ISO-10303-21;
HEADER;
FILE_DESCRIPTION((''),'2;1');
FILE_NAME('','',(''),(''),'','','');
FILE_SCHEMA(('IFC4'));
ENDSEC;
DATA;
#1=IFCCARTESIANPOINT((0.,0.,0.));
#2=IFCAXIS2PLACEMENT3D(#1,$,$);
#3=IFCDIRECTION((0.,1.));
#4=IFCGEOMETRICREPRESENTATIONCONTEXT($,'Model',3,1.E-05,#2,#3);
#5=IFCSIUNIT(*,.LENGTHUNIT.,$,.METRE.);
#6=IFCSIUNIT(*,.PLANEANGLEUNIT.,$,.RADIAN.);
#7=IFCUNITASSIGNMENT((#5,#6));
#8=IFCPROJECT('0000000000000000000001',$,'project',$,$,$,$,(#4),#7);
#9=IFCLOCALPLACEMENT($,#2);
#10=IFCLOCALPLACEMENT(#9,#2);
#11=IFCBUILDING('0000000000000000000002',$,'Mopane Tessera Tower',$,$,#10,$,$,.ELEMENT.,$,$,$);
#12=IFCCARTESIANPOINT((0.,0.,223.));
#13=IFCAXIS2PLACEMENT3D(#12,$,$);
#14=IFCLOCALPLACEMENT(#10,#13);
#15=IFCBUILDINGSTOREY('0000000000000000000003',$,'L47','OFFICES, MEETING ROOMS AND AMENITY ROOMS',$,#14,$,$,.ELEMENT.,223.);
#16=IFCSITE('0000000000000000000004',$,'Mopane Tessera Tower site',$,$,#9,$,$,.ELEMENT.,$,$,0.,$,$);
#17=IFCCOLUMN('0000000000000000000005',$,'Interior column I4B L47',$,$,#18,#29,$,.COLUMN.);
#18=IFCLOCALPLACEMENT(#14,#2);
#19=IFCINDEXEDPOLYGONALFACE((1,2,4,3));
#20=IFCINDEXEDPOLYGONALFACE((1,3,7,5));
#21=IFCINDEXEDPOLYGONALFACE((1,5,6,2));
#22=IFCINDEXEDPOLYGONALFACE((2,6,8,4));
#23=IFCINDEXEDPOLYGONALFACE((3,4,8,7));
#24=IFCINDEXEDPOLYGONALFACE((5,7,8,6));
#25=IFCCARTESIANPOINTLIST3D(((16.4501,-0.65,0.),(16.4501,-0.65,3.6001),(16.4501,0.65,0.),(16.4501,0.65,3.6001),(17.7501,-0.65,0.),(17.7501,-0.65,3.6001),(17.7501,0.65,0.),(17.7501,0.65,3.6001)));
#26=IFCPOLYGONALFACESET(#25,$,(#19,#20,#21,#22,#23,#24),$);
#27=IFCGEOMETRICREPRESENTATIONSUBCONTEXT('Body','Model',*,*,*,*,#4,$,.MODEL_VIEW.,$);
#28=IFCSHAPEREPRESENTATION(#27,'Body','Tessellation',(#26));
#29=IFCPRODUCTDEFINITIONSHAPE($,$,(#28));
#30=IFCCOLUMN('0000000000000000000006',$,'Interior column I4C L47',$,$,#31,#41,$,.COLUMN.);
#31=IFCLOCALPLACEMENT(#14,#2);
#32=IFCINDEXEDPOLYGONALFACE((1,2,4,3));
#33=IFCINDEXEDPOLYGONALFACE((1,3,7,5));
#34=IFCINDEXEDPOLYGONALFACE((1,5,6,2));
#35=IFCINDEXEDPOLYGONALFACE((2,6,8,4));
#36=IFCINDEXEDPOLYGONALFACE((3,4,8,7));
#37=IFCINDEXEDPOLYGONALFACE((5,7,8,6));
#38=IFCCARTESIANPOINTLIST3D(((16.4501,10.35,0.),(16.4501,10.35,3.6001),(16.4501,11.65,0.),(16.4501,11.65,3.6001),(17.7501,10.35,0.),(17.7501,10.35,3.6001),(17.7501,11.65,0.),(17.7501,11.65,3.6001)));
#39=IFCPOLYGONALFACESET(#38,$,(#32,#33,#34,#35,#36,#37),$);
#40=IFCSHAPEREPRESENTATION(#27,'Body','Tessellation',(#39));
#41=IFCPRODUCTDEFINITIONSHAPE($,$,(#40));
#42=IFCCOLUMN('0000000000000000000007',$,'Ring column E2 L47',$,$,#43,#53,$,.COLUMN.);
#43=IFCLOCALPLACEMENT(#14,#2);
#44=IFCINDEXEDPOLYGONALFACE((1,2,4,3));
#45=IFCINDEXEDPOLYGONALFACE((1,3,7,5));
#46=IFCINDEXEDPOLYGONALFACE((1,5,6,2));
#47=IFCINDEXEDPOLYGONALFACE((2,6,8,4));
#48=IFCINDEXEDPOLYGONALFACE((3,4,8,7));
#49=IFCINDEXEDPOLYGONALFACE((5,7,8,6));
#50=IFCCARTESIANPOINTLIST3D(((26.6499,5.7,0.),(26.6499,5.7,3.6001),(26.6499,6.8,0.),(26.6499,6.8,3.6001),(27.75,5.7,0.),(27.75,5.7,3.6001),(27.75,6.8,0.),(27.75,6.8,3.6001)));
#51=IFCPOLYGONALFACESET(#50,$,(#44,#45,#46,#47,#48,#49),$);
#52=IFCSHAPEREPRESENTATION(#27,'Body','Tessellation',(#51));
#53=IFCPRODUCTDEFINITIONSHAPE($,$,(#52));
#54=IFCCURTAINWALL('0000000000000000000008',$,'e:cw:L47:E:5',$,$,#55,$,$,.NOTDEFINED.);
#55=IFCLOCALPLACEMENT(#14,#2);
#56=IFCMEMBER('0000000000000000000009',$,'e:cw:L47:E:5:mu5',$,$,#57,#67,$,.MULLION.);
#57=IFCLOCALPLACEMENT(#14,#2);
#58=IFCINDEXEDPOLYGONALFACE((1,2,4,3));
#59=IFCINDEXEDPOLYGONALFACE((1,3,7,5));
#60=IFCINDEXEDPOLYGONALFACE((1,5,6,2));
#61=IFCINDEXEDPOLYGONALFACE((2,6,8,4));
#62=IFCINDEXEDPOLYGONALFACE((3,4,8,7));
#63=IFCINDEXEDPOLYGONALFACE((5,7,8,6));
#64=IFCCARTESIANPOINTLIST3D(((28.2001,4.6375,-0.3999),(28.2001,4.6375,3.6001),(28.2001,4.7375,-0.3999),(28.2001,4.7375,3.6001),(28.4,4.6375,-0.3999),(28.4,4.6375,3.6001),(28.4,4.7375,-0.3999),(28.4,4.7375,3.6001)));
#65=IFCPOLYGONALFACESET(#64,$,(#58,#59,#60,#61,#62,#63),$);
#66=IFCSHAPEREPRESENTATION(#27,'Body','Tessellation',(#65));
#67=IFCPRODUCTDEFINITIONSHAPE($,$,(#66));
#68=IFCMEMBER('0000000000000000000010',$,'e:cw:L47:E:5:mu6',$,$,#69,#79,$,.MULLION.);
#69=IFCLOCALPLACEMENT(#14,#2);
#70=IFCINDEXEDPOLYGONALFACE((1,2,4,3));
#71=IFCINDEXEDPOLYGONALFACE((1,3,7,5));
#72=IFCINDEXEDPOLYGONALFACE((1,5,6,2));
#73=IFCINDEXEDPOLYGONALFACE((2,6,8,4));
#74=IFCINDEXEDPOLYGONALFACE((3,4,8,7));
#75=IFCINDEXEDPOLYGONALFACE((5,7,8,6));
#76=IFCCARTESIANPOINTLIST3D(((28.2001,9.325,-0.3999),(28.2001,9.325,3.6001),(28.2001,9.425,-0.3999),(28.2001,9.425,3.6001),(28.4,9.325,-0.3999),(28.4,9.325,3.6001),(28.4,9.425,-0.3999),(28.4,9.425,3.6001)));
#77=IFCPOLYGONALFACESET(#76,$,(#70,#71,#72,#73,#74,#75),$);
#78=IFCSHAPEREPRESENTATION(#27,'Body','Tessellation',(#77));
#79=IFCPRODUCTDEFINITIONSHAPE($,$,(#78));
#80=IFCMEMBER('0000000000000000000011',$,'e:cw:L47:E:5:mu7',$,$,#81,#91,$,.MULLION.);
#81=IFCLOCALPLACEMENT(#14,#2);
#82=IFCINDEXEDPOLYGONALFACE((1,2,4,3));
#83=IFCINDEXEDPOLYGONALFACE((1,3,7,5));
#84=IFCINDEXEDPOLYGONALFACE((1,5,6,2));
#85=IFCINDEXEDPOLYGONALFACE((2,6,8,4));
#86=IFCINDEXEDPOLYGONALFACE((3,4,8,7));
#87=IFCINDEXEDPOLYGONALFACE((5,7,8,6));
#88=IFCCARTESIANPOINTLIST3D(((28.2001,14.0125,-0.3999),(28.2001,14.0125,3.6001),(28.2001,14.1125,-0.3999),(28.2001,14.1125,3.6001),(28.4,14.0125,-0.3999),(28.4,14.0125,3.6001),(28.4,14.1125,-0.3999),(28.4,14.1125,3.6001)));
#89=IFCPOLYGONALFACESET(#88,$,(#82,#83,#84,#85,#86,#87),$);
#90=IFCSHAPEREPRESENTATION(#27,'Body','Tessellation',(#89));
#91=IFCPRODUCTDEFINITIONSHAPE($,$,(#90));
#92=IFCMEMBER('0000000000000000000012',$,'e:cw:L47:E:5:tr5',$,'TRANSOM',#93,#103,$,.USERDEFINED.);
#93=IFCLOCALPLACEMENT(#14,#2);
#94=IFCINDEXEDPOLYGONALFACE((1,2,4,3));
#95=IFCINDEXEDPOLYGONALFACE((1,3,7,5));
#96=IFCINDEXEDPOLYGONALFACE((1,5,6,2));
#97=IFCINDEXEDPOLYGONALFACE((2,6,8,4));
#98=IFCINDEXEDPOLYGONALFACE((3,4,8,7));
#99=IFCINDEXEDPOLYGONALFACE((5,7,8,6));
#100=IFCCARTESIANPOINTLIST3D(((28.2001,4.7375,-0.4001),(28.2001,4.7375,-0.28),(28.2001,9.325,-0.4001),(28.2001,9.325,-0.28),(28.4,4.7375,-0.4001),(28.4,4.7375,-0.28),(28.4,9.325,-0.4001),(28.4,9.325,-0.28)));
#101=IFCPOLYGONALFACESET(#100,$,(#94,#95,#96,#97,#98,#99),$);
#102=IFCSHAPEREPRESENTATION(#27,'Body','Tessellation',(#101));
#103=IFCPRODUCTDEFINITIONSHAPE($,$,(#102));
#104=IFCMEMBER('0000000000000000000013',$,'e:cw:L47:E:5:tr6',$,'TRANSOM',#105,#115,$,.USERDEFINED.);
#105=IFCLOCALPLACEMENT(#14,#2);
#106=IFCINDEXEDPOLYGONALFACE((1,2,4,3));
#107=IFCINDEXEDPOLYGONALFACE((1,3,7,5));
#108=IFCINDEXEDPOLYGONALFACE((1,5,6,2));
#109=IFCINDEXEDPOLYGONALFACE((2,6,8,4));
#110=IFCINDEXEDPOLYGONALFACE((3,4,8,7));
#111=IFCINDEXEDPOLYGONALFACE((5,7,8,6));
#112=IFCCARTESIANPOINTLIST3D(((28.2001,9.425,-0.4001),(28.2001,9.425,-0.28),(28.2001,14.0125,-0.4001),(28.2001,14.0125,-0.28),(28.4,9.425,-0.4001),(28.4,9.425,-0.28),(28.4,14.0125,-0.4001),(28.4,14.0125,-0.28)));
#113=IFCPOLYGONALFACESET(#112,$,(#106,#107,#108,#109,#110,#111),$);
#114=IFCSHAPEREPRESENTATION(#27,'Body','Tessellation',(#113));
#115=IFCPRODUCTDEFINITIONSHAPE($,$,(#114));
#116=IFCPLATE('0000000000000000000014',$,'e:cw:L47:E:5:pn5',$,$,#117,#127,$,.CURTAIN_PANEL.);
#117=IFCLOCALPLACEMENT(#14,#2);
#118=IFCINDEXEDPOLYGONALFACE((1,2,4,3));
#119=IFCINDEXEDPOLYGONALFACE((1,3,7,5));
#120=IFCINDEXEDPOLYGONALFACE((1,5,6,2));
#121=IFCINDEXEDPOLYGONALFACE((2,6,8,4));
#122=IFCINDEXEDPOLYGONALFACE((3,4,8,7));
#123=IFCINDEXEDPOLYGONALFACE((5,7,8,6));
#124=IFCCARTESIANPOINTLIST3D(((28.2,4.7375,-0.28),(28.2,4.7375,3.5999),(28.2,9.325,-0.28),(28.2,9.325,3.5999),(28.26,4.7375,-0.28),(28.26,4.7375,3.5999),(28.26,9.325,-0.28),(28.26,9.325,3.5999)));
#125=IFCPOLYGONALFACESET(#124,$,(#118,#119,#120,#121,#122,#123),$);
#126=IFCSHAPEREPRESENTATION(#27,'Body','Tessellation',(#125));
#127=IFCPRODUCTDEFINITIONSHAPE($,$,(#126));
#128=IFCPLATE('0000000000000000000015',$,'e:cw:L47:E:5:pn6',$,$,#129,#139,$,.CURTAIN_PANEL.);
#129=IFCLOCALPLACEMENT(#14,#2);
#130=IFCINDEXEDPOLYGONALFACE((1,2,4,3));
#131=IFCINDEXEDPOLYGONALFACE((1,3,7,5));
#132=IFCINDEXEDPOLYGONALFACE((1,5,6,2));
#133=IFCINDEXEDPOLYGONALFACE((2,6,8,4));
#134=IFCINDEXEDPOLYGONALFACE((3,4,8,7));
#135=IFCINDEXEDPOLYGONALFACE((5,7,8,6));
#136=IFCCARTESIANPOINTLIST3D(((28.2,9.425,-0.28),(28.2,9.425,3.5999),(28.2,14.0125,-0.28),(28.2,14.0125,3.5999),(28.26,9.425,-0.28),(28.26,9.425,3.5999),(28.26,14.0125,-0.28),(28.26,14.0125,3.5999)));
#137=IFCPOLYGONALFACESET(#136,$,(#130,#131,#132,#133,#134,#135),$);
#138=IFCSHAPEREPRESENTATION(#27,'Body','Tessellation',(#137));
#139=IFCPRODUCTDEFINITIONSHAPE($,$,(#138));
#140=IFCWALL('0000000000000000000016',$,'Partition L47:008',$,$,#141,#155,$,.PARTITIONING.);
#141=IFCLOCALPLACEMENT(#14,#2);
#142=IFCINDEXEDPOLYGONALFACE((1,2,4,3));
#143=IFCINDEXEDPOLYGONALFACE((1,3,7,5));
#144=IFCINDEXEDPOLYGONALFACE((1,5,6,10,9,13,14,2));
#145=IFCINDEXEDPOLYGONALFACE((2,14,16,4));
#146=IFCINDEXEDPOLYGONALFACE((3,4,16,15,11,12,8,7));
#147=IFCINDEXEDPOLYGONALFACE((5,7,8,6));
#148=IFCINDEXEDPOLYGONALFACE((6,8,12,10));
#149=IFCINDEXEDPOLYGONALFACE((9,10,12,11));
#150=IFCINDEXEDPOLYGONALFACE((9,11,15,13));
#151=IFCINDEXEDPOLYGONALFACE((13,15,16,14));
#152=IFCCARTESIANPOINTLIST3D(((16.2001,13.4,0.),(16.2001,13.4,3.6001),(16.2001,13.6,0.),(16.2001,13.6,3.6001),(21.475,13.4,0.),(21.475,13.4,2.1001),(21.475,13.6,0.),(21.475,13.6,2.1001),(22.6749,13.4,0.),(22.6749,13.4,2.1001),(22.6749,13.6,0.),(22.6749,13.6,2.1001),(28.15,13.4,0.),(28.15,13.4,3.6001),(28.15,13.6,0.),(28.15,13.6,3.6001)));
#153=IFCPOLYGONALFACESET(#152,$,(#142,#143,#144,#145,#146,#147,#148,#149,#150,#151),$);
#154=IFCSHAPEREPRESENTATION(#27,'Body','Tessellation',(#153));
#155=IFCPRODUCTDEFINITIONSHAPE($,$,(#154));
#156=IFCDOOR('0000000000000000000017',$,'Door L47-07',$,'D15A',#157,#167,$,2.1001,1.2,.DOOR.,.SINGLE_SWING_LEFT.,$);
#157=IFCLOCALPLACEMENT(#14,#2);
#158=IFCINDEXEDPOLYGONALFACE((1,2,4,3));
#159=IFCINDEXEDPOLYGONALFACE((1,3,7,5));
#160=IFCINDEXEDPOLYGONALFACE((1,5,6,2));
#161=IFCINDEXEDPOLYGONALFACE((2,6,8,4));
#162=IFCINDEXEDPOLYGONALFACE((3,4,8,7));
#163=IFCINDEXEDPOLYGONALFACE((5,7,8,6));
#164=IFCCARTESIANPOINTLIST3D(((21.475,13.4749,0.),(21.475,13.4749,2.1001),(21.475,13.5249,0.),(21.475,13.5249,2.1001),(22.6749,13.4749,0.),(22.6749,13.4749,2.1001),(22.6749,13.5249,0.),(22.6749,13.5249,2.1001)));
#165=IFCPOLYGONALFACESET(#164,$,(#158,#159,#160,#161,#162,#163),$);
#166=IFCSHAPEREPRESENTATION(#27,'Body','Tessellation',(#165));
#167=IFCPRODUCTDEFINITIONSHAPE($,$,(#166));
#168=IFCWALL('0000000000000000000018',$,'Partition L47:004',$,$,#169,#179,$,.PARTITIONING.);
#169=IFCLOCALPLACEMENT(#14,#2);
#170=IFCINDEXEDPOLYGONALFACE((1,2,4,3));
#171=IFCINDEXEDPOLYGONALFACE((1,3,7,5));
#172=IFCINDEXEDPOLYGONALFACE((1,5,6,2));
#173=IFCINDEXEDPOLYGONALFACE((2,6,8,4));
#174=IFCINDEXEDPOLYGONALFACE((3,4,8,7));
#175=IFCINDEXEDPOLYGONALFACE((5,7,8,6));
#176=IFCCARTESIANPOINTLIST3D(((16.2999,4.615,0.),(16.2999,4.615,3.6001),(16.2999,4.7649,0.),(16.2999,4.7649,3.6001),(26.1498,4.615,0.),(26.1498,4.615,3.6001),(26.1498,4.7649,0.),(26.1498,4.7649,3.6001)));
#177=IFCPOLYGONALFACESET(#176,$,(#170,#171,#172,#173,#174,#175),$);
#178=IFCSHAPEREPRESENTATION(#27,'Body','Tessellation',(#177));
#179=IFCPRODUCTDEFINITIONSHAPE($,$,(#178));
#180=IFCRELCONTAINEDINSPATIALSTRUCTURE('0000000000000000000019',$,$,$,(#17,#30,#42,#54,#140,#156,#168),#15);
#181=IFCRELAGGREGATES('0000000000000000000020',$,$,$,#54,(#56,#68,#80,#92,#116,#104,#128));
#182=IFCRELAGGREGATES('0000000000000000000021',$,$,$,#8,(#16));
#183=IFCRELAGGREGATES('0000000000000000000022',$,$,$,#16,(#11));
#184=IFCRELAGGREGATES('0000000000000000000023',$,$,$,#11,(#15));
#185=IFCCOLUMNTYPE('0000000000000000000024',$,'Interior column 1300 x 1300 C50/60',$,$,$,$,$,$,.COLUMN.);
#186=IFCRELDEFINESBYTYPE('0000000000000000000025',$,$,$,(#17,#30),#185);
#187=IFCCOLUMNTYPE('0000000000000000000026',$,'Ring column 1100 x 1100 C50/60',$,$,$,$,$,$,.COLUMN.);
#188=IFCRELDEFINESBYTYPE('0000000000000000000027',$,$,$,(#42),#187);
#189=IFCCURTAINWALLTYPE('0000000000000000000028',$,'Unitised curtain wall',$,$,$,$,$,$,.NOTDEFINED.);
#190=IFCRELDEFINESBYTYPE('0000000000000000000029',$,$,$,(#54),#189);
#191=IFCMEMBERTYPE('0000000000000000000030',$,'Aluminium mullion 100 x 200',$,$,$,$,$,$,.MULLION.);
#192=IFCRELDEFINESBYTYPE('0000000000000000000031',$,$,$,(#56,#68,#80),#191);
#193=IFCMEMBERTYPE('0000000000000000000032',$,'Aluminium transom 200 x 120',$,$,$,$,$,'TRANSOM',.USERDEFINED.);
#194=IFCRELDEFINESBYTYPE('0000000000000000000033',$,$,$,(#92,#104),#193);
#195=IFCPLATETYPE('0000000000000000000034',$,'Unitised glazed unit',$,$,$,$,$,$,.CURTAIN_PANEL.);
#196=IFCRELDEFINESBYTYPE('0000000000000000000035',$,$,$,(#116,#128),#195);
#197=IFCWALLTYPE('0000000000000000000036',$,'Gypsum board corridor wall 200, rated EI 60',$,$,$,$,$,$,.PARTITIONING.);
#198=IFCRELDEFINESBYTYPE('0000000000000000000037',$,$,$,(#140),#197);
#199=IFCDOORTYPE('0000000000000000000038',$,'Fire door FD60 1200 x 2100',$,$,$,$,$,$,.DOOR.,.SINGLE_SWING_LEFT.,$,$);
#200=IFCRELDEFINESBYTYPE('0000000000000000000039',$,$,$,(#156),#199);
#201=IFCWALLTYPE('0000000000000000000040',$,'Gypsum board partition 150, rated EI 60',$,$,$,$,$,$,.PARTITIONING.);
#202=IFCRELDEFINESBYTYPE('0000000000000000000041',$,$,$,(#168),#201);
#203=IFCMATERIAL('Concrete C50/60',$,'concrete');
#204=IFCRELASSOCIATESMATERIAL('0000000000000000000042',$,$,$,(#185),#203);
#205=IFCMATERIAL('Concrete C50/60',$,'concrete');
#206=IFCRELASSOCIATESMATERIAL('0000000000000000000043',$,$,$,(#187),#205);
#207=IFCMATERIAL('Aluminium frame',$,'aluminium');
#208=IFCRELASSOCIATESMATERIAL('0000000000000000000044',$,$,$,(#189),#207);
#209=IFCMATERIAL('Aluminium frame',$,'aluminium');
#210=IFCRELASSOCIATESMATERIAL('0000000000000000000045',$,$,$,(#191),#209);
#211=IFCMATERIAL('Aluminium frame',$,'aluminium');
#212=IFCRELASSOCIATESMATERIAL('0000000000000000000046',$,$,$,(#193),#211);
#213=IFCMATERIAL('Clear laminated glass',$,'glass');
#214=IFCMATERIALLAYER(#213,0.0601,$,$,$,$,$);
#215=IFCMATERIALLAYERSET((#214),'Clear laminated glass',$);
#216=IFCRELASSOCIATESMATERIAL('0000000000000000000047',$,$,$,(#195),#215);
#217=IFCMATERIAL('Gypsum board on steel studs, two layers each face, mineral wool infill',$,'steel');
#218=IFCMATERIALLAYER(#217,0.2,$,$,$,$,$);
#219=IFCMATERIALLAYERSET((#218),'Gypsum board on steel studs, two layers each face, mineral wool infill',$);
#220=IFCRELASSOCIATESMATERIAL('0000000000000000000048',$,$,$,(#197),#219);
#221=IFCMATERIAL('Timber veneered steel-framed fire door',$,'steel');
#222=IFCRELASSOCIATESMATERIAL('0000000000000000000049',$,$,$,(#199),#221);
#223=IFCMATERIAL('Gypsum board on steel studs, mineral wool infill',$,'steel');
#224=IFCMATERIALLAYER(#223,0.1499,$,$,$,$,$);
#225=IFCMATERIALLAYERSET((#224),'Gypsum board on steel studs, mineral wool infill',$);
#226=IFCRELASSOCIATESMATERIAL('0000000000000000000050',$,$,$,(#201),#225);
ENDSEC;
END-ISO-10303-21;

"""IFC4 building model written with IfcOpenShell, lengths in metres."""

from ifc_helpers import new_model, si_unit, direction, frame, frame_2d, origin, origin_2d, place, context, subcontext, project, spatial, rectangle, extrude, material, layer, layer_set, material_profile, profile_set, type_object, element, fill, aggregate, save


model = new_model("IFC4")

# Units and contexts
model_context = context("Model", 3, precision=1e-05, world=origin(), true_north=direction((0.0, 1.0)))
body_context = subcontext(model_context, "Body", "Model", "MODEL_VIEW")
ifc_project = project(units=[si_unit("LENGTHUNIT", "METRE"), si_unit("PLANEANGLEUNIT", "RADIAN")], contexts=[model_context])

# Site, building, storey
site_placement = place(None, origin())
site = spatial("IfcSite", under=ifc_project, at=site_placement, Name="Mopane Tessera Tower site", CompositionType="ELEMENT", RefElevation=0.0)
building_placement = place(site_placement, origin())
building = spatial("IfcBuilding", under=site, at=building_placement, Name="Mopane Tessera Tower", CompositionType="ELEMENT")
storey_placement = place(building_placement, frame((0.0, 0.0, 223.0)))
storey = spatial("IfcBuildingStorey", under=building, at=storey_placement, Name="L47", Description="OFFICES, MEETING ROOMS AND AMENITY ROOMS", CompositionType="ELEMENT", Elevation=223.0)

# Columns
ifc_material_1 = material(Name="Concrete C50/60", Category="concrete")
ifc_material_profile_1 = material_profile(ifc_material_1, rectangle(XDim=1.3, YDim=1.3, at=origin_2d()))
ifc_profile_set_1 = profile_set([ifc_material_profile_1], Name="Concrete C50/60")
column_type_1 = type_object("IfcColumnType", Name="Interior column 1300 x 1300 C50/60", PredefinedType="COLUMN", material=ifc_profile_set_1)
for number, where, z_axis, x_axis, name in (
    (1, (17.1001, 0.0, 0.0), (0.0, 0.0, 1.0), (1.0, 0.0, 0.0), "Interior column I4B L47"),
    (2, (17.1001, 11.0, 0.0), (0.0, 0.0, 1.0), (1.0, 0.0, 0.0), "Interior column I4C L47"),
):
    element("IfcColumn", number, at=place(storey_placement, frame(where, z_axis=z_axis, x_axis=x_axis)), inside=storey, type_object=column_type_1, Name=name, PredefinedType="COLUMN", context=body_context, shape_type="SweptSolid", body=[
        extrude(rectangle(XDim=1.3, YDim=1.3, at=origin_2d()), origin(), (0.0, 0.0, 1.0), 3.6001),
    ])
ifc_material_2 = material(Name="Concrete C50/60", Category="concrete")
ifc_material_profile_2 = material_profile(ifc_material_2, rectangle(XDim=1.1001, YDim=1.1001, at=origin_2d()))
ifc_profile_set_2 = profile_set([ifc_material_profile_2], Name="Concrete C50/60")
column_type_2 = type_object("IfcColumnType", Name="Ring column 1100 x 1100 C50/60", PredefinedType="COLUMN", material=ifc_profile_set_2)
column_placement = place(storey_placement, frame((27.2, 6.25, 0.0), z_axis=(0.0, 0.0, 1.0), x_axis=(1.0, 0.0, 0.0)))
element("IfcColumn", 3, at=column_placement, inside=storey, type_object=column_type_2, Name="Ring column E2 L47", PredefinedType="COLUMN", context=body_context, shape_type="SweptSolid", body=[
    extrude(rectangle(XDim=1.1001, YDim=1.1001, at=origin_2d()), origin(), (0.0, 0.0, 1.0), 3.6001),
])

# Curtain wall, members, plates
ifc_material_3 = material(Name="Aluminium frame", Category="aluminium")
curtain_wall_type = type_object("IfcCurtainWallType", Name="Unitised curtain wall", PredefinedType="NOTDEFINED", material=ifc_material_3)
curtain_wall_placement = place(storey_placement, origin())
curtain_wall = element("IfcCurtainWall", 4, at=curtain_wall_placement, inside=storey, type_object=curtain_wall_type, Name="e:cw:L47:E:5", PredefinedType="NOTDEFINED")
ifc_material_4 = material(Name="Aluminium frame", Category="aluminium")
ifc_material_profile_3 = material_profile(ifc_material_4, rectangle(XDim=0.1001, YDim=0.2, at=origin_2d()))
ifc_profile_set_3 = profile_set([ifc_material_profile_3], Name="Aluminium frame")
member_type_1 = type_object("IfcMemberType", Name="Aluminium mullion 100 x 200", PredefinedType="MULLION", material=ifc_profile_set_3)
member_1_placement = place(storey_placement, frame((28.3, 4.6875, -0.3999), z_axis=(0.0, 0.0, 1.0), x_axis=(0.0, 1.0, 0.0)))
member_1 = element("IfcMember", 5, at=member_1_placement, type_object=member_type_1, Name="e:cw:L47:E:5:mu5", PredefinedType="MULLION", context=body_context, shape_type="SweptSolid", body=[
    extrude(rectangle(XDim=0.1001, YDim=0.2, at=origin_2d()), origin(), (0.0, 0.0, 1.0), 4.0),
])
member_2_placement = place(storey_placement, frame((28.3, 9.375, -0.3999), z_axis=(0.0, 0.0, 1.0), x_axis=(0.0, 1.0, 0.0)))
member_2 = element("IfcMember", 6, at=member_2_placement, type_object=member_type_1, Name="e:cw:L47:E:5:mu6", PredefinedType="MULLION", context=body_context, shape_type="SweptSolid", body=[
    extrude(rectangle(XDim=0.1001, YDim=0.2, at=origin_2d()), origin(), (0.0, 0.0, 1.0), 4.0),
])
member_3_placement = place(storey_placement, frame((28.3, 14.0625, -0.3999), z_axis=(0.0, 0.0, 1.0), x_axis=(0.0, 1.0, 0.0)))
member_3 = element("IfcMember", 7, at=member_3_placement, type_object=member_type_1, Name="e:cw:L47:E:5:mu7", PredefinedType="MULLION", context=body_context, shape_type="SweptSolid", body=[
    extrude(rectangle(XDim=0.1001, YDim=0.2, at=origin_2d()), origin(), (0.0, 0.0, 1.0), 4.0),
])
ifc_material_5 = material(Name="Aluminium frame", Category="aluminium")
ifc_material_profile_4 = material_profile(ifc_material_5, rectangle(XDim=0.2, YDim=0.1201, at=origin_2d()))
ifc_profile_set_4 = profile_set([ifc_material_profile_4], Name="Aluminium frame")
member_type_2 = type_object("IfcMemberType", Name="Aluminium transom 200 x 120", ElementType="TRANSOM", PredefinedType="USERDEFINED", material=ifc_profile_set_4)
member_4_placement = place(storey_placement, frame((28.3, 4.7375, -0.3401), z_axis=(0.0, 1.0, 0.0), x_axis=(-1.0, 0.0, 0.0)))
member_4 = element("IfcMember", 8, at=member_4_placement, type_object=member_type_2, Name="e:cw:L47:E:5:tr5", ObjectType="TRANSOM", PredefinedType="USERDEFINED", context=body_context, shape_type="SweptSolid", body=[
    extrude(rectangle(XDim=0.2, YDim=0.1201, at=origin_2d()), origin(), (0.0, 0.0, 1.0), 4.5874),
])
member_5_placement = place(storey_placement, frame((28.3, 9.425, -0.3401), z_axis=(0.0, 1.0, 0.0), x_axis=(-1.0, 0.0, 0.0)))
member_5 = element("IfcMember", 9, at=member_5_placement, type_object=member_type_2, Name="e:cw:L47:E:5:tr6", ObjectType="TRANSOM", PredefinedType="USERDEFINED", context=body_context, shape_type="SweptSolid", body=[
    extrude(rectangle(XDim=0.2, YDim=0.1201, at=origin_2d()), origin(), (0.0, 0.0, 1.0), 4.5874),
])
ifc_material_6 = material(Name="Clear laminated glass", Category="glass")
ifc_layer_1 = layer(ifc_material_6, 0.0601)
ifc_layer_set_1 = layer_set([ifc_layer_1], Name="Clear laminated glass")
plate_type = type_object("IfcPlateType", Name="Unitised glazed unit", PredefinedType="CURTAIN_PANEL", material=ifc_layer_set_1)
plate_1_placement = place(storey_placement, frame((28.23, 7.0312, -0.28), z_axis=(0.0, 0.0, 1.0), x_axis=(0.0, 1.0, 0.0)))
plate_1 = element("IfcPlate", 10, at=plate_1_placement, type_object=plate_type, Name="e:cw:L47:E:5:pn5", PredefinedType="CURTAIN_PANEL", context=body_context, shape_type="SweptSolid", body=[
    extrude(rectangle(XDim=4.5874, YDim=0.0601, at=origin_2d()), origin(), (0.0, 0.0, 1.0), 3.8799),
])
plate_2_placement = place(storey_placement, frame((28.23, 11.7188, -0.28), z_axis=(0.0, 0.0, 1.0), x_axis=(0.0, 1.0, 0.0)))
plate_2 = element("IfcPlate", 11, at=plate_2_placement, type_object=plate_type, Name="e:cw:L47:E:5:pn6", PredefinedType="CURTAIN_PANEL", context=body_context, shape_type="SweptSolid", body=[
    extrude(rectangle(XDim=4.5874, YDim=0.0601, at=origin_2d()), origin(), (0.0, 0.0, 1.0), 3.8799),
])
aggregate(curtain_wall, [member_1, member_2, member_3, member_4, plate_1, member_5, plate_2])

# Wall, opening, door
ifc_material_7 = material(Name="Gypsum board on steel studs, two layers each face, mineral wool infill", Category="steel")
ifc_layer_2 = layer(ifc_material_7, 0.2)
ifc_layer_set_2 = layer_set([ifc_layer_2], Name="Gypsum board on steel studs, two layers each face, mineral wool infill")
wall_type_1 = type_object("IfcWallType", Name="Gypsum board corridor wall 200, rated EI 60", PredefinedType="PARTITIONING", material=ifc_layer_set_2)
wall_1_placement = place(storey_placement, frame((16.2, 13.5, 0.0), z_axis=(0.0, 0.0, 1.0), x_axis=(1.0, 0.0, 0.0)))
wall_1 = element("IfcWall", 12, at=wall_1_placement, inside=storey, type_object=wall_type_1, Name="Partition L47:008", PredefinedType="PARTITIONING", context=body_context, shape_type="SweptSolid", body=[
    extrude(rectangle(XDim=11.95, YDim=0.2, at=frame_2d((5.9751, 0.0))), origin(), (0.0, 0.0, 1.0), 3.6001),
])
opening_placement = place(wall_1_placement, frame((5.2749, 0.0, 0.0)))
opening = element("IfcOpeningElement", 13, at=opening_placement, cuts=wall_1, PredefinedType="OPENING", context=body_context, shape_type="SweptSolid", body=[
    extrude(rectangle(XDim=1.2, YDim=2.1001, at=frame_2d((0.6001, 1.05))), frame((0.0, 0.1121, 0.0), z_axis=(0.0, -1.0, 0.0), x_axis=(1.0, 0.0, 0.0)), (0.0, 0.0, 1.0), 0.2239),
])
ifc_material_8 = material(Name="Timber veneered steel-framed fire door", Category="steel")
door_type = type_object("IfcDoorType", Name="Fire door FD60 1200 x 2100", OperationType="SINGLE_SWING_LEFT", PredefinedType="DOOR", material=ifc_material_8)
door_placement = place(opening_placement, origin())
door = element("IfcDoor", 14, at=door_placement, inside=storey, type_object=door_type, Name="Door L47-07", ObjectType="D15A", OperationType="SINGLE_SWING_LEFT", OverallHeight=2.1001, OverallWidth=1.2, PredefinedType="DOOR", context=body_context, shape_type="SweptSolid", body=[
    extrude(rectangle(XDim=1.2, YDim=2.1001, at=frame_2d((0.6001, 1.05))), frame((0.0, 0.0249, 0.0), z_axis=(0.0, -1.0, 0.0), x_axis=(1.0, 0.0, 0.0)), (0.0, 0.0, 1.0), 0.05),
])
fill(opening, door)

# Wall
ifc_material_9 = material(Name="Gypsum board on steel studs, mineral wool infill", Category="steel")
ifc_layer_3 = layer(ifc_material_9, 0.1499)
ifc_layer_set_3 = layer_set([ifc_layer_3], Name="Gypsum board on steel studs, mineral wool infill")
wall_type_2 = type_object("IfcWallType", Name="Gypsum board partition 150, rated EI 60", PredefinedType="PARTITIONING", material=ifc_layer_set_3)
wall_2_placement = place(storey_placement, frame((16.3, 4.6899, 0.0), z_axis=(0.0, 0.0, 1.0), x_axis=(1.0, 0.0, 0.0)))
element("IfcWall", 15, at=wall_2_placement, inside=storey, type_object=wall_type_2, Name="Partition L47:004", PredefinedType="PARTITIONING", context=body_context, shape_type="SweptSolid", body=[
    extrude(rectangle(XDim=9.8499, YDim=0.1499, at=frame_2d((4.9248, 0.0))), origin(), (0.0, 0.0, 1.0), 3.6001),
])

save(model, "model.ifc")
